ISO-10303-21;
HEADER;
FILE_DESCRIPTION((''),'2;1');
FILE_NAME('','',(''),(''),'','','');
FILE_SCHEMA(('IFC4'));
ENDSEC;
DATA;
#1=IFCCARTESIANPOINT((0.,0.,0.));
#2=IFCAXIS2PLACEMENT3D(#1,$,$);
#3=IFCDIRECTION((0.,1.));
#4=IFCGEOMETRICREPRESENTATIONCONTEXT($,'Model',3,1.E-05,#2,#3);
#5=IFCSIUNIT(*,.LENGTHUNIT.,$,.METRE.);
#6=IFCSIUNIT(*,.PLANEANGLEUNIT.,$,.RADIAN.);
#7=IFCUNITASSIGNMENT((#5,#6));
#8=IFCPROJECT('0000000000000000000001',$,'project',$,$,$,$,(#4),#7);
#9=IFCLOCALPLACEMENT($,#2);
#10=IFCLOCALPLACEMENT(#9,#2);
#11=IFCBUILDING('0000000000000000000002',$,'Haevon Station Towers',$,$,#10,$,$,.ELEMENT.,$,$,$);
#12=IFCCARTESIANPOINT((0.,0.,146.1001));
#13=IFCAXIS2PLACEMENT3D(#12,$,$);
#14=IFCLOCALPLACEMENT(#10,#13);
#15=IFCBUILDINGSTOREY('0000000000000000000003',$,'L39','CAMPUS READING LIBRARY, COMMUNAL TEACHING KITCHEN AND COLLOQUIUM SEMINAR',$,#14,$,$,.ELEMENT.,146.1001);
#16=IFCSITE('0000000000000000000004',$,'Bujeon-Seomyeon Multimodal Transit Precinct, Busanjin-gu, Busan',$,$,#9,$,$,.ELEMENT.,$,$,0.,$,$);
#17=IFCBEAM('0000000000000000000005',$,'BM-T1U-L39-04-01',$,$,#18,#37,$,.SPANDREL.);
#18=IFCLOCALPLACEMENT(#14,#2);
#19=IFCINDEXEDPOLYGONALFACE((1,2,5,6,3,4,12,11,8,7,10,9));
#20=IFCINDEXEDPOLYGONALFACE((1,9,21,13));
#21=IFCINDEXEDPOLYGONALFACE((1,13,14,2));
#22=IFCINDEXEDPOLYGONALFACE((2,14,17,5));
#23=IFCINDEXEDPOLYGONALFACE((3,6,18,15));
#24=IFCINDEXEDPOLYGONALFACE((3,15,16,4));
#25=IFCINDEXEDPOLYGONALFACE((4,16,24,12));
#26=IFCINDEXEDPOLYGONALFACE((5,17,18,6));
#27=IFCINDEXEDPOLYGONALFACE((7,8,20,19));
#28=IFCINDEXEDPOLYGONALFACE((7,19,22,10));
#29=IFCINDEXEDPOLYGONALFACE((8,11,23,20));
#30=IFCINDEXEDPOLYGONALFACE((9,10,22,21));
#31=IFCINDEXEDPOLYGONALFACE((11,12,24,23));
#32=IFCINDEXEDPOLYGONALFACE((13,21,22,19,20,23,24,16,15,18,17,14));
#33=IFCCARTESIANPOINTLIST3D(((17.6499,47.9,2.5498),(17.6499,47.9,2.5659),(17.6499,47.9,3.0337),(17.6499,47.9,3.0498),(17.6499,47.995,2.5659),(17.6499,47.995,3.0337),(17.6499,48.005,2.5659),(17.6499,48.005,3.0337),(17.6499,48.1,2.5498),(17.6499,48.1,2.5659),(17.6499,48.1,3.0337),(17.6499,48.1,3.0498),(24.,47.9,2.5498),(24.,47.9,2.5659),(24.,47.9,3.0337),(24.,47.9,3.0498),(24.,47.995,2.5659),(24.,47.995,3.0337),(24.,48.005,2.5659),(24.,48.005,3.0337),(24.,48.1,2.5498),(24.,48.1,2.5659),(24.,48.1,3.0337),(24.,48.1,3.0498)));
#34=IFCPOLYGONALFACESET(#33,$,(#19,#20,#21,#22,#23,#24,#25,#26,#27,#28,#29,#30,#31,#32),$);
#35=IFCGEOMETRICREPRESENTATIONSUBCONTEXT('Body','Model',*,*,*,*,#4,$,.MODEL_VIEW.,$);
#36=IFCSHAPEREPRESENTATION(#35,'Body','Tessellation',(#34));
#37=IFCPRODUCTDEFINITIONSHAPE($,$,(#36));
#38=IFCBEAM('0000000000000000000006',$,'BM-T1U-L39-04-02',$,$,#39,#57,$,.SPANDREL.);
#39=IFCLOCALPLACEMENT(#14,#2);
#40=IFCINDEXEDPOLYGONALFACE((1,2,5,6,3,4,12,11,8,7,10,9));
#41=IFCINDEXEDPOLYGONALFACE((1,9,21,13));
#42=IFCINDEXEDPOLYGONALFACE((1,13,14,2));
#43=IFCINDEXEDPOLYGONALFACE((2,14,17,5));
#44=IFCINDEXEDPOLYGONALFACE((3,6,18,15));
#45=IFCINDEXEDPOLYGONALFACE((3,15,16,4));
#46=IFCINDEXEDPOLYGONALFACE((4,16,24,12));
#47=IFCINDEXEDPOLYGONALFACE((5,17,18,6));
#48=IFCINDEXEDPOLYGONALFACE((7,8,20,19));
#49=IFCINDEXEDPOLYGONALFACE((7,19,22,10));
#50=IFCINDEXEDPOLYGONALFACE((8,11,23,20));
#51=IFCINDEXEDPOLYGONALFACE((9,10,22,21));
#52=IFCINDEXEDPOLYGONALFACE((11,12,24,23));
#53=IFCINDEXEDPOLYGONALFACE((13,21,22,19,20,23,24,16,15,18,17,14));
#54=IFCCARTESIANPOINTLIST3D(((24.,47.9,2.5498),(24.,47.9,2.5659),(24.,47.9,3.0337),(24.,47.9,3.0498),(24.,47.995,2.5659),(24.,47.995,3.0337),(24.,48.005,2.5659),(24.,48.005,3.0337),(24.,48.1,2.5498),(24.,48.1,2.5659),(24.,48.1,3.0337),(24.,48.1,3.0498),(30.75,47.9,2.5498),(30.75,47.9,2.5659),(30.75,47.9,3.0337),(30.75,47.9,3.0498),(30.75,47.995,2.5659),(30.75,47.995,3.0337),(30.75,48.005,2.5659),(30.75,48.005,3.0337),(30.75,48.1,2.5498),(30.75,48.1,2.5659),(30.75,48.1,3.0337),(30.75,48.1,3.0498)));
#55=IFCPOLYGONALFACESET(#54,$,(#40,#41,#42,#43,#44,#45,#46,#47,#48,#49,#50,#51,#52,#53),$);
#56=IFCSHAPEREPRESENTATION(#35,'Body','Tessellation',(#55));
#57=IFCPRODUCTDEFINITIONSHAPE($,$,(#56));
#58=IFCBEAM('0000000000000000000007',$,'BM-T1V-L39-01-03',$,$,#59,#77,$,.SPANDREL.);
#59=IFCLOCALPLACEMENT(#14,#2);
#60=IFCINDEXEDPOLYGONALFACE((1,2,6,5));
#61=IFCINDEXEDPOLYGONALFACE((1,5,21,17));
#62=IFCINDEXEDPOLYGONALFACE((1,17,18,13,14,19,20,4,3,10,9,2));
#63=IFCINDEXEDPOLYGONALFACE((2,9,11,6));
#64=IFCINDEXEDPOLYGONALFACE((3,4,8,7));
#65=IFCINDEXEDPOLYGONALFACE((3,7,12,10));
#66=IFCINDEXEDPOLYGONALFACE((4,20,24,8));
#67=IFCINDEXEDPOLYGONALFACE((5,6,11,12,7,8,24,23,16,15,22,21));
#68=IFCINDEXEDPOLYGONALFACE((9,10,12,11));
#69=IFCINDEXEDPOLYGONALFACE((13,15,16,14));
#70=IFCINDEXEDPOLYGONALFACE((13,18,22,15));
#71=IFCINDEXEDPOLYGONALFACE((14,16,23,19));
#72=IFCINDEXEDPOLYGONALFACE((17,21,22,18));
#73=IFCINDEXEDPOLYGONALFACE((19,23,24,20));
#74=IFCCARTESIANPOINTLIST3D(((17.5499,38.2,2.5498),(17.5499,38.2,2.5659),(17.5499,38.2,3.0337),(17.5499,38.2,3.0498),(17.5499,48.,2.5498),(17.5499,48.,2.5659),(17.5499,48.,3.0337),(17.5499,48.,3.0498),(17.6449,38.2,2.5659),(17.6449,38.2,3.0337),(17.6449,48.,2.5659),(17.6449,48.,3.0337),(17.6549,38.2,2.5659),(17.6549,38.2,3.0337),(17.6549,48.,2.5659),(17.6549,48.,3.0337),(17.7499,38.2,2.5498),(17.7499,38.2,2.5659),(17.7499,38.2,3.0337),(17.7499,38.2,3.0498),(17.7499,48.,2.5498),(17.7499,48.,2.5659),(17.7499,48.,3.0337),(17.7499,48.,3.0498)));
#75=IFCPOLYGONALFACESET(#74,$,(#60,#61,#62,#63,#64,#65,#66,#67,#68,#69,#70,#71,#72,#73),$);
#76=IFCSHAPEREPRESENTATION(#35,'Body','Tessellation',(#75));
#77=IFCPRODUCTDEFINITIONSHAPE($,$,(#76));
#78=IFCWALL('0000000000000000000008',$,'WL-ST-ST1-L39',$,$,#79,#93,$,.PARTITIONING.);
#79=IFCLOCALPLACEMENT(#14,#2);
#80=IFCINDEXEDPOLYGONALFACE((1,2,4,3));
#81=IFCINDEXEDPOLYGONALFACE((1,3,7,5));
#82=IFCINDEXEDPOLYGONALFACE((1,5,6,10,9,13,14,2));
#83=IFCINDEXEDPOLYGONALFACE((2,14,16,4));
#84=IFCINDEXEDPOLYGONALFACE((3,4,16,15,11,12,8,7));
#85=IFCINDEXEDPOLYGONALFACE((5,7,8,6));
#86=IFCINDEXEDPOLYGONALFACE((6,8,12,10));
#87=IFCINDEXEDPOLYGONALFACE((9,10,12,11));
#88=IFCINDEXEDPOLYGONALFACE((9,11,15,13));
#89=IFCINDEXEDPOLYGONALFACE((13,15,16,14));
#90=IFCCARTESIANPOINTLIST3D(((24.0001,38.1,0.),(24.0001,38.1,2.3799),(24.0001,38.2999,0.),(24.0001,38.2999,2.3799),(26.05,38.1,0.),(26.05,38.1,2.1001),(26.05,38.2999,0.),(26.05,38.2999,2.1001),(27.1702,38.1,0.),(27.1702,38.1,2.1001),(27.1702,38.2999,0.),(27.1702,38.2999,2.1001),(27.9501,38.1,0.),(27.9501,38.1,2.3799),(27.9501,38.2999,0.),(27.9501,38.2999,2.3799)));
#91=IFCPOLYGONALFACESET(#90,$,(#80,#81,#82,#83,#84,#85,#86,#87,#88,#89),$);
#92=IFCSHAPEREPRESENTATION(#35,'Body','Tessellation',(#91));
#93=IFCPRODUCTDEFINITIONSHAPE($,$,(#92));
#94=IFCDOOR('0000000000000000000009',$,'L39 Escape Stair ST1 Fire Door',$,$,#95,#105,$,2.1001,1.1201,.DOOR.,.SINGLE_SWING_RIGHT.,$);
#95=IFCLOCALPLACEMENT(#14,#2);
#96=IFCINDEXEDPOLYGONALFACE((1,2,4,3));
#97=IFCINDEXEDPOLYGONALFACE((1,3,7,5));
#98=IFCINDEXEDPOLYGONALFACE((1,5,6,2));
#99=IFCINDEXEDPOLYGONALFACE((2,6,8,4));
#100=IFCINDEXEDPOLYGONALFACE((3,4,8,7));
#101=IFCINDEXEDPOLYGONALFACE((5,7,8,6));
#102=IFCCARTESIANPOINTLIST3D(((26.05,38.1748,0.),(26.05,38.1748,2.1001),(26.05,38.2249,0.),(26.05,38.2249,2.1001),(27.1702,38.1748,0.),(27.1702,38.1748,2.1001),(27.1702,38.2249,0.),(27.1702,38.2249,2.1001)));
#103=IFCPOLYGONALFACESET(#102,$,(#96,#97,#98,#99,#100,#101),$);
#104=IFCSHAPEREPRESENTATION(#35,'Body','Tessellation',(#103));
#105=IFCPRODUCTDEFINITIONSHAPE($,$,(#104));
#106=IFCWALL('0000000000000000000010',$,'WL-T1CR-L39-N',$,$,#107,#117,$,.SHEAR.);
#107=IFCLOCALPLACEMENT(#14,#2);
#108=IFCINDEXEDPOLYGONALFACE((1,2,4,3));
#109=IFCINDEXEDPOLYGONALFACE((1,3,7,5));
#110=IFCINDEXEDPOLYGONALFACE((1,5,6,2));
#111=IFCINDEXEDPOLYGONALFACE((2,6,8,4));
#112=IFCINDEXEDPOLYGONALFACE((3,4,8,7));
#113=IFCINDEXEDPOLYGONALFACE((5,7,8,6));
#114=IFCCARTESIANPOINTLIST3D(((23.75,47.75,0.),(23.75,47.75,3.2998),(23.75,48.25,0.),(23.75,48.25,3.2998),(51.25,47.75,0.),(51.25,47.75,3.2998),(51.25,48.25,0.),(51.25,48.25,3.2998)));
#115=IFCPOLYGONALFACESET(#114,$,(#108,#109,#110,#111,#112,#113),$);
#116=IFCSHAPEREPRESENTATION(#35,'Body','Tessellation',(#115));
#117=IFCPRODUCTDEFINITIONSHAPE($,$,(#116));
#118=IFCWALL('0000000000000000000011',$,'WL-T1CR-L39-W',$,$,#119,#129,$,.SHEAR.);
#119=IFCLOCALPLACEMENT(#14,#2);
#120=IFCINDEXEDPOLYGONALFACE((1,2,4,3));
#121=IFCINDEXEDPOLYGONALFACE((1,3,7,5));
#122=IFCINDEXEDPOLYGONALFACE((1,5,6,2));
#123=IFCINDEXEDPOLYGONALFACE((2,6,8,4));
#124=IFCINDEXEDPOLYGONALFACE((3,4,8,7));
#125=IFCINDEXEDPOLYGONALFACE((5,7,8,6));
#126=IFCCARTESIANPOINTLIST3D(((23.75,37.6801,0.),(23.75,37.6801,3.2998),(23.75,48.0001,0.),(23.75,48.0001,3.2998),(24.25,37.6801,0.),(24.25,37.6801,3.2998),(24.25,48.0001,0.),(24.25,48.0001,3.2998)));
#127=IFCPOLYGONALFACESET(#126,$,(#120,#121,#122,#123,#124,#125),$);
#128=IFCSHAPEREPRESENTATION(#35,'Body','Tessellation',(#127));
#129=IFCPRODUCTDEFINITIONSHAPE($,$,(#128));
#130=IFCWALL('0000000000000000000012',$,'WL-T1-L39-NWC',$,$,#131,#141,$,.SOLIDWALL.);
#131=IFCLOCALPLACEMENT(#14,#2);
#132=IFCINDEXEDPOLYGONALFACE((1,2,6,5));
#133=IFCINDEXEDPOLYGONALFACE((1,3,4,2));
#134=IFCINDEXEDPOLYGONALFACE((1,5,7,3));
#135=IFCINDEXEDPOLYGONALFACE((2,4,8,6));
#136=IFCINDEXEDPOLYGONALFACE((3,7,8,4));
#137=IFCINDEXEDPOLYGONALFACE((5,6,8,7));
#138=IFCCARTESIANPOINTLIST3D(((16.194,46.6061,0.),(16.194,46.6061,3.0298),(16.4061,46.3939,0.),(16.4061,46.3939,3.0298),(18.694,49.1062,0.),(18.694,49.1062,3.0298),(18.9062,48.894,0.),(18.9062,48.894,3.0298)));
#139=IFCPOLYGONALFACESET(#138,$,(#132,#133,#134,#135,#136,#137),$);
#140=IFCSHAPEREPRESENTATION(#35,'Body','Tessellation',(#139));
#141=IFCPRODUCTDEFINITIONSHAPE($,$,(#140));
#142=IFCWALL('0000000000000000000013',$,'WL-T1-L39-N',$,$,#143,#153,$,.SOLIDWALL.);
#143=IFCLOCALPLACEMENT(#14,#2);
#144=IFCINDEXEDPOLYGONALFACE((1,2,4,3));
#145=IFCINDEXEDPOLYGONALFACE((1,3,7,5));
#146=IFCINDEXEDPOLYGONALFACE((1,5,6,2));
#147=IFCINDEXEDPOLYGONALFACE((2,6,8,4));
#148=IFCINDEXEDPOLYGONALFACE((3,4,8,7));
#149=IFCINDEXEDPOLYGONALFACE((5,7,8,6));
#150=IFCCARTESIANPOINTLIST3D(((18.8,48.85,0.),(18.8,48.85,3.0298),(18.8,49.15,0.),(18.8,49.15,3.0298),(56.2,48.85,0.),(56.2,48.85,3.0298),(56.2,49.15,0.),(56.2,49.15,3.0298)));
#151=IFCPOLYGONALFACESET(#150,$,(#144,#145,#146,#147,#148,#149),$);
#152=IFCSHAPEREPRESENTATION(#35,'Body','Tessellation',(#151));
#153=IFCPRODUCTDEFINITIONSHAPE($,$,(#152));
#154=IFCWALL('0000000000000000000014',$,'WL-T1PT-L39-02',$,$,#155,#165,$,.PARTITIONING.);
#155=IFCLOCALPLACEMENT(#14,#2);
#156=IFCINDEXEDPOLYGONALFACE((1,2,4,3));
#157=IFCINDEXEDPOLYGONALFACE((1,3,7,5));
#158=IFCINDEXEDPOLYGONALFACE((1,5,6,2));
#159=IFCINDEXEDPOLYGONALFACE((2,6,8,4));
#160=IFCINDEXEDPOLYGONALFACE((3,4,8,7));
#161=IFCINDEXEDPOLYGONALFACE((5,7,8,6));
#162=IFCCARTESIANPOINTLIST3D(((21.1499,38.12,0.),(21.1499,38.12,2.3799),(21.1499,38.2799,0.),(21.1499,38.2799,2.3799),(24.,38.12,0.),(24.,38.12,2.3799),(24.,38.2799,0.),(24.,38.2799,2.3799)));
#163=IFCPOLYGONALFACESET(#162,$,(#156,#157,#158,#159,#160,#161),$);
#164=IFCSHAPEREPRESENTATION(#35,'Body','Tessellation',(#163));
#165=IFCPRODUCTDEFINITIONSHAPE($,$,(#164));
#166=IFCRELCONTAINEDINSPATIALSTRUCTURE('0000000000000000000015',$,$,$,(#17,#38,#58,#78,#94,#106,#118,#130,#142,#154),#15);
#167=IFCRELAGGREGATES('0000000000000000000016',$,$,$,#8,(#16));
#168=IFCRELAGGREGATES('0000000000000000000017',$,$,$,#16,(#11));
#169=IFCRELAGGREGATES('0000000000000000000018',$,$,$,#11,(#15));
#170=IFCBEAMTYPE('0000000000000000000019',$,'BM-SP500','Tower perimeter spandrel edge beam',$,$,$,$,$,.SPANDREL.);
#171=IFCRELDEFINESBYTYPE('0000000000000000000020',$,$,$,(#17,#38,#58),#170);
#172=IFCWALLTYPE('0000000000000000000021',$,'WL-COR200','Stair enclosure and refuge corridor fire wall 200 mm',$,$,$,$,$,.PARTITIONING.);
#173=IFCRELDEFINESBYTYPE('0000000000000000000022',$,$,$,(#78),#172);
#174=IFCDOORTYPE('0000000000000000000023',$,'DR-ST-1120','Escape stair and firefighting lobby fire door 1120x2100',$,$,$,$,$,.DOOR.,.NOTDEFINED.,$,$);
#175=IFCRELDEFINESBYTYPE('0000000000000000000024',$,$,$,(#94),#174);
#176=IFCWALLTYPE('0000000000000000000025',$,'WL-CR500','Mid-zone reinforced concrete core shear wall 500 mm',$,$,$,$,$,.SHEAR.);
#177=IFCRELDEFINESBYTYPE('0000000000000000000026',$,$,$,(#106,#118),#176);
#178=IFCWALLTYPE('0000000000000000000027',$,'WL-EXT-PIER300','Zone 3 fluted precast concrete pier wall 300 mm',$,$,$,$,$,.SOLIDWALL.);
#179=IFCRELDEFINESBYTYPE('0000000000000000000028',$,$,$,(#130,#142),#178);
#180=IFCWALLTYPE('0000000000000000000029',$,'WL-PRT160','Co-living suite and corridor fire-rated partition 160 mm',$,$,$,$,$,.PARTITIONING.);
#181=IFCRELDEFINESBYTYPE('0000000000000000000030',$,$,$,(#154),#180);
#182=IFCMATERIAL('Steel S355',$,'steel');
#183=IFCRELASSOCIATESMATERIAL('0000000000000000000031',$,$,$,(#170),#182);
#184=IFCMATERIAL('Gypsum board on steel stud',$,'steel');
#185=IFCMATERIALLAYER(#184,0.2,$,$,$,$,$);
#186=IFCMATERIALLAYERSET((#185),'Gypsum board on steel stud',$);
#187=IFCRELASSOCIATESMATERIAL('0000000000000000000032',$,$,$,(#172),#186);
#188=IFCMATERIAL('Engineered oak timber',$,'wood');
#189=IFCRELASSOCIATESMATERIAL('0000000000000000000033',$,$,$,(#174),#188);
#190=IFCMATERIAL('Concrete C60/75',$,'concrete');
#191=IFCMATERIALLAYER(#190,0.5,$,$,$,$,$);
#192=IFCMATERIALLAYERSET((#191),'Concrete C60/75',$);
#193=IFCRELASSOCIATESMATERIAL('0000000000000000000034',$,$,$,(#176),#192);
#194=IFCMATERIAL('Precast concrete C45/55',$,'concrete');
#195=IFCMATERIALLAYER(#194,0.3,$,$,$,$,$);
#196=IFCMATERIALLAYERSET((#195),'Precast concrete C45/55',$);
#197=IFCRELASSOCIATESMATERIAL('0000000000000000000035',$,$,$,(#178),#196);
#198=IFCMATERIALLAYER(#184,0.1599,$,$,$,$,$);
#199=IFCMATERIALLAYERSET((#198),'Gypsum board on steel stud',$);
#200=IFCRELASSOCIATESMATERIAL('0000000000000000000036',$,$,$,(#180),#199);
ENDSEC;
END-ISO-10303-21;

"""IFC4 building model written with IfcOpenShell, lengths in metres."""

from ifc_helpers import new_model, si_unit, direction, frame, frame_2d, origin, origin_2d, place, context, subcontext, project, spatial, rectangle, i_section, extrude, material, layer, layer_set, material_profile, profile_set, type_object, element, fill, save


model = new_model("IFC4")

# Units and contexts
model_context = context("Model", 3, precision=1e-05, world=origin(), true_north=direction((0.0, 1.0)))
body_context = subcontext(model_context, "Body", "Model", "MODEL_VIEW")
ifc_project = project(units=[si_unit("LENGTHUNIT", "METRE"), si_unit("PLANEANGLEUNIT", "RADIAN")], contexts=[model_context])

# Site, building, storey
site_placement = place(None, origin())
site = spatial("IfcSite", under=ifc_project, at=site_placement, Name="Bujeon-Seomyeon Multimodal Transit Precinct, Busanjin-gu, Busan", CompositionType="ELEMENT", RefElevation=0.0)
building_placement = place(site_placement, origin())
building = spatial("IfcBuilding", under=site, at=building_placement, Name="Haevon Station Towers", CompositionType="ELEMENT")
storey_placement = place(building_placement, frame((0.0, 0.0, 146.1001)))
storey = spatial("IfcBuildingStorey", under=building, at=storey_placement, Name="L39", Description="CAMPUS READING LIBRARY, COMMUNAL TEACHING KITCHEN AND COLLOQUIUM SEMINAR", CompositionType="ELEMENT", Elevation=146.1001)

# Shared definitions
ifc_material_1 = material(Name="Steel S355", Category="steel")

# Beams
ifc_material_profile_1 = material_profile(ifc_material_1, i_section(OverallWidth=0.2, OverallDepth=0.5, WebThickness=0.01, FlangeThickness=0.0161, at=origin_2d()), Name="H-500x200x10x16")
ifc_profile_set_1 = profile_set([ifc_material_profile_1], Name="Steel S355")
beam_type_1 = type_object("IfcBeamType", Name="BM-SP500", Description="Tower perimeter spandrel edge beam", PredefinedType="SPANDREL", material=ifc_profile_set_1)
beam_1_placement = place(storey_placement, frame((17.6499, 48.0, 2.7998), z_axis=(1.0, 0.0, 0.0), x_axis=(0.0, 1.0, 0.0)))
element("IfcBeam", 1, at=beam_1_placement, inside=storey, type_object=beam_type_1, Name="BM-T1U-L39-04-01", PredefinedType="SPANDREL", context=body_context, shape_type="SweptSolid", body=[
    extrude(i_section(OverallWidth=0.2, OverallDepth=0.5, WebThickness=0.01, FlangeThickness=0.0161, at=origin_2d()), origin(), (0.0, 0.0, 1.0), 6.3501),
])
beam_2_placement = place(storey_placement, frame((24.0, 48.0, 2.7998), z_axis=(1.0, 0.0, 0.0), x_axis=(0.0, 1.0, 0.0)))
element("IfcBeam", 2, at=beam_2_placement, inside=storey, type_object=beam_type_1, Name="BM-T1U-L39-04-02", PredefinedType="SPANDREL", context=body_context, shape_type="SweptSolid", body=[
    extrude(i_section(OverallWidth=0.2, OverallDepth=0.5, WebThickness=0.01, FlangeThickness=0.0161, at=origin_2d()), origin(), (0.0, 0.0, 1.0), 6.75),
])
beam_3_placement = place(storey_placement, frame((17.6499, 38.2, 2.7998), z_axis=(0.0, 1.0, 0.0), x_axis=(-1.0, 0.0, 0.0)))
element("IfcBeam", 3, at=beam_3_placement, inside=storey, type_object=beam_type_1, Name="BM-T1V-L39-01-03", PredefinedType="SPANDREL", context=body_context, shape_type="SweptSolid", body=[
    extrude(i_section(OverallWidth=0.2, OverallDepth=0.5, WebThickness=0.01, FlangeThickness=0.0161, at=origin_2d()), origin(), (0.0, 0.0, 1.0), 9.8),
])

# Wall, opening, door
ifc_material_2 = material(Name="Gypsum board on steel stud", Category="steel")
ifc_layer_1 = layer(ifc_material_2, 0.2)
ifc_layer_set_1 = layer_set([ifc_layer_1], Name="Gypsum board on steel stud")
wall_type_1 = type_object("IfcWallType", Name="WL-COR200", Description="Stair enclosure and refuge corridor fire wall 200 mm", PredefinedType="PARTITIONING", material=ifc_layer_set_1)
wall_1_placement = place(storey_placement, frame((24.0, 38.2, 0.0), z_axis=(0.0, 0.0, 1.0), x_axis=(1.0, 0.0, 0.0)))
wall_1 = element("IfcWall", 4, at=wall_1_placement, inside=storey, type_object=wall_type_1, Name="WL-ST-ST1-L39", PredefinedType="PARTITIONING", context=body_context, shape_type="SweptSolid", body=[
    extrude(rectangle(XDim=3.95, YDim=0.2, at=frame_2d((1.9751, 0.0))), origin(), (0.0, 0.0, 1.0), 2.3799),
])
opening_placement = place(wall_1_placement, frame((2.05, 0.0, 0.0)))
opening = element("IfcOpeningElement", 5, at=opening_placement, cuts=wall_1, PredefinedType="OPENING", context=body_context, shape_type="SweptSolid", body=[
    extrude(rectangle(XDim=1.1201, YDim=2.1001, at=frame_2d((0.5601, 1.05))), frame((0.0, 0.1099, 0.0), z_axis=(0.0, -1.0, 0.0), x_axis=(1.0, 0.0, 0.0)), (0.0, 0.0, 1.0), 0.22),
])
ifc_material_3 = material(Name="Engineered oak timber", Category="wood")
door_type = type_object("IfcDoorType", Name="DR-ST-1120", Description="Escape stair and firefighting lobby fire door 1120x2100", OperationType="NOTDEFINED", PredefinedType="DOOR", material=ifc_material_3)
door_placement = place(opening_placement, origin())
door = element("IfcDoor", 6, at=door_placement, inside=storey, type_object=door_type, Name="L39 Escape Stair ST1 Fire Door", OperationType="SINGLE_SWING_RIGHT", OverallHeight=2.1001, OverallWidth=1.1201, PredefinedType="DOOR", context=body_context, shape_type="SweptSolid", body=[
    extrude(rectangle(XDim=1.1201, YDim=2.1001, at=frame_2d((0.5601, 1.05))), frame((0.0, 0.0249, 0.0), z_axis=(0.0, -1.0, 0.0), x_axis=(1.0, 0.0, 0.0)), (0.0, 0.0, 1.0), 0.05),
])
fill(opening, door)

# Walls
ifc_material_4 = material(Name="Concrete C60/75", Category="concrete")
ifc_layer_2 = layer(ifc_material_4, 0.5)
ifc_layer_set_2 = layer_set([ifc_layer_2], Name="Concrete C60/75")
wall_type_2 = type_object("IfcWallType", Name="WL-CR500", Description="Mid-zone reinforced concrete core shear wall 500 mm", PredefinedType="SHEAR", material=ifc_layer_set_2)
wall_2_placement = place(storey_placement, frame((23.75, 48.0, 0.0), z_axis=(0.0, 0.0, 1.0), x_axis=(1.0, 0.0, 0.0)))
element("IfcWall", 7, at=wall_2_placement, inside=storey, type_object=wall_type_2, Name="WL-T1CR-L39-N", PredefinedType="SHEAR", context=body_context, shape_type="SweptSolid", body=[
    extrude(rectangle(XDim=27.5, YDim=0.5, at=frame_2d((13.75, 0.0))), origin(), (0.0, 0.0, 1.0), 3.2998),
])
wall_3_placement = place(storey_placement, frame((24.0, 37.6799, 0.0), z_axis=(0.0, 0.0, 1.0), x_axis=(0.0, 1.0, 0.0)))
element("IfcWall", 8, at=wall_3_placement, inside=storey, type_object=wall_type_2, Name="WL-T1CR-L39-W", PredefinedType="SHEAR", context=body_context, shape_type="SweptSolid", body=[
    extrude(rectangle(XDim=10.3201, YDim=0.5, at=frame_2d((5.1602, 0.0))), origin(), (0.0, 0.0, 1.0), 3.2998),
])
ifc_material_5 = material(Name="Precast concrete C45/55", Category="concrete")
ifc_layer_3 = layer(ifc_material_5, 0.3)
ifc_layer_set_3 = layer_set([ifc_layer_3], Name="Precast concrete C45/55")
wall_type_3 = type_object("IfcWallType", Name="WL-EXT-PIER300", Description="Zone 3 fluted precast concrete pier wall 300 mm", PredefinedType="SOLIDWALL", material=ifc_layer_set_3)
wall_4_placement = place(storey_placement, frame((16.3, 46.5, 0.0), z_axis=(0.0, 0.0, 1.0), x_axis=(0.707107, 0.707107, 0.0)))
element("IfcWall", 9, at=wall_4_placement, inside=storey, type_object=wall_type_3, Name="WL-T1-L39-NWC", PredefinedType="SOLIDWALL", context=body_context, shape_type="SweptSolid", body=[
    extrude(rectangle(XDim=3.5356, YDim=0.3, at=frame_2d((1.7678, 0.0))), origin(), (0.0, 0.0, 1.0), 3.0298),
])
wall_5_placement = place(storey_placement, frame((18.8, 49.0, 0.0), z_axis=(0.0, 0.0, 1.0), x_axis=(1.0, 0.0, 0.0)))
element("IfcWall", 10, at=wall_5_placement, inside=storey, type_object=wall_type_3, Name="WL-T1-L39-N", PredefinedType="SOLIDWALL", context=body_context, shape_type="SweptSolid", body=[
    extrude(rectangle(XDim=37.3999, YDim=0.3, at=frame_2d((18.7, 0.0))), origin(), (0.0, 0.0, 1.0), 3.0298),
])
ifc_layer_4 = layer(ifc_material_2, 0.1599)
ifc_layer_set_4 = layer_set([ifc_layer_4], Name="Gypsum board on steel stud")
wall_type_4 = type_object("IfcWallType", Name="WL-PRT160", Description="Co-living suite and corridor fire-rated partition 160 mm", PredefinedType="PARTITIONING", material=ifc_layer_set_4)
wall_6_placement = place(storey_placement, frame((21.1499, 38.2, 0.0), z_axis=(0.0, 0.0, 1.0), x_axis=(1.0, 0.0, 0.0)))
element("IfcWall", 11, at=wall_6_placement, inside=storey, type_object=wall_type_4, Name="WL-T1PT-L39-02", PredefinedType="PARTITIONING", context=body_context, shape_type="SweptSolid", body=[
    extrude(rectangle(XDim=2.8501, YDim=0.1599, at=frame_2d((1.425, 0.0))), origin(), (0.0, 0.0, 1.0), 2.3799),
])

save(model, "model.ifc")
